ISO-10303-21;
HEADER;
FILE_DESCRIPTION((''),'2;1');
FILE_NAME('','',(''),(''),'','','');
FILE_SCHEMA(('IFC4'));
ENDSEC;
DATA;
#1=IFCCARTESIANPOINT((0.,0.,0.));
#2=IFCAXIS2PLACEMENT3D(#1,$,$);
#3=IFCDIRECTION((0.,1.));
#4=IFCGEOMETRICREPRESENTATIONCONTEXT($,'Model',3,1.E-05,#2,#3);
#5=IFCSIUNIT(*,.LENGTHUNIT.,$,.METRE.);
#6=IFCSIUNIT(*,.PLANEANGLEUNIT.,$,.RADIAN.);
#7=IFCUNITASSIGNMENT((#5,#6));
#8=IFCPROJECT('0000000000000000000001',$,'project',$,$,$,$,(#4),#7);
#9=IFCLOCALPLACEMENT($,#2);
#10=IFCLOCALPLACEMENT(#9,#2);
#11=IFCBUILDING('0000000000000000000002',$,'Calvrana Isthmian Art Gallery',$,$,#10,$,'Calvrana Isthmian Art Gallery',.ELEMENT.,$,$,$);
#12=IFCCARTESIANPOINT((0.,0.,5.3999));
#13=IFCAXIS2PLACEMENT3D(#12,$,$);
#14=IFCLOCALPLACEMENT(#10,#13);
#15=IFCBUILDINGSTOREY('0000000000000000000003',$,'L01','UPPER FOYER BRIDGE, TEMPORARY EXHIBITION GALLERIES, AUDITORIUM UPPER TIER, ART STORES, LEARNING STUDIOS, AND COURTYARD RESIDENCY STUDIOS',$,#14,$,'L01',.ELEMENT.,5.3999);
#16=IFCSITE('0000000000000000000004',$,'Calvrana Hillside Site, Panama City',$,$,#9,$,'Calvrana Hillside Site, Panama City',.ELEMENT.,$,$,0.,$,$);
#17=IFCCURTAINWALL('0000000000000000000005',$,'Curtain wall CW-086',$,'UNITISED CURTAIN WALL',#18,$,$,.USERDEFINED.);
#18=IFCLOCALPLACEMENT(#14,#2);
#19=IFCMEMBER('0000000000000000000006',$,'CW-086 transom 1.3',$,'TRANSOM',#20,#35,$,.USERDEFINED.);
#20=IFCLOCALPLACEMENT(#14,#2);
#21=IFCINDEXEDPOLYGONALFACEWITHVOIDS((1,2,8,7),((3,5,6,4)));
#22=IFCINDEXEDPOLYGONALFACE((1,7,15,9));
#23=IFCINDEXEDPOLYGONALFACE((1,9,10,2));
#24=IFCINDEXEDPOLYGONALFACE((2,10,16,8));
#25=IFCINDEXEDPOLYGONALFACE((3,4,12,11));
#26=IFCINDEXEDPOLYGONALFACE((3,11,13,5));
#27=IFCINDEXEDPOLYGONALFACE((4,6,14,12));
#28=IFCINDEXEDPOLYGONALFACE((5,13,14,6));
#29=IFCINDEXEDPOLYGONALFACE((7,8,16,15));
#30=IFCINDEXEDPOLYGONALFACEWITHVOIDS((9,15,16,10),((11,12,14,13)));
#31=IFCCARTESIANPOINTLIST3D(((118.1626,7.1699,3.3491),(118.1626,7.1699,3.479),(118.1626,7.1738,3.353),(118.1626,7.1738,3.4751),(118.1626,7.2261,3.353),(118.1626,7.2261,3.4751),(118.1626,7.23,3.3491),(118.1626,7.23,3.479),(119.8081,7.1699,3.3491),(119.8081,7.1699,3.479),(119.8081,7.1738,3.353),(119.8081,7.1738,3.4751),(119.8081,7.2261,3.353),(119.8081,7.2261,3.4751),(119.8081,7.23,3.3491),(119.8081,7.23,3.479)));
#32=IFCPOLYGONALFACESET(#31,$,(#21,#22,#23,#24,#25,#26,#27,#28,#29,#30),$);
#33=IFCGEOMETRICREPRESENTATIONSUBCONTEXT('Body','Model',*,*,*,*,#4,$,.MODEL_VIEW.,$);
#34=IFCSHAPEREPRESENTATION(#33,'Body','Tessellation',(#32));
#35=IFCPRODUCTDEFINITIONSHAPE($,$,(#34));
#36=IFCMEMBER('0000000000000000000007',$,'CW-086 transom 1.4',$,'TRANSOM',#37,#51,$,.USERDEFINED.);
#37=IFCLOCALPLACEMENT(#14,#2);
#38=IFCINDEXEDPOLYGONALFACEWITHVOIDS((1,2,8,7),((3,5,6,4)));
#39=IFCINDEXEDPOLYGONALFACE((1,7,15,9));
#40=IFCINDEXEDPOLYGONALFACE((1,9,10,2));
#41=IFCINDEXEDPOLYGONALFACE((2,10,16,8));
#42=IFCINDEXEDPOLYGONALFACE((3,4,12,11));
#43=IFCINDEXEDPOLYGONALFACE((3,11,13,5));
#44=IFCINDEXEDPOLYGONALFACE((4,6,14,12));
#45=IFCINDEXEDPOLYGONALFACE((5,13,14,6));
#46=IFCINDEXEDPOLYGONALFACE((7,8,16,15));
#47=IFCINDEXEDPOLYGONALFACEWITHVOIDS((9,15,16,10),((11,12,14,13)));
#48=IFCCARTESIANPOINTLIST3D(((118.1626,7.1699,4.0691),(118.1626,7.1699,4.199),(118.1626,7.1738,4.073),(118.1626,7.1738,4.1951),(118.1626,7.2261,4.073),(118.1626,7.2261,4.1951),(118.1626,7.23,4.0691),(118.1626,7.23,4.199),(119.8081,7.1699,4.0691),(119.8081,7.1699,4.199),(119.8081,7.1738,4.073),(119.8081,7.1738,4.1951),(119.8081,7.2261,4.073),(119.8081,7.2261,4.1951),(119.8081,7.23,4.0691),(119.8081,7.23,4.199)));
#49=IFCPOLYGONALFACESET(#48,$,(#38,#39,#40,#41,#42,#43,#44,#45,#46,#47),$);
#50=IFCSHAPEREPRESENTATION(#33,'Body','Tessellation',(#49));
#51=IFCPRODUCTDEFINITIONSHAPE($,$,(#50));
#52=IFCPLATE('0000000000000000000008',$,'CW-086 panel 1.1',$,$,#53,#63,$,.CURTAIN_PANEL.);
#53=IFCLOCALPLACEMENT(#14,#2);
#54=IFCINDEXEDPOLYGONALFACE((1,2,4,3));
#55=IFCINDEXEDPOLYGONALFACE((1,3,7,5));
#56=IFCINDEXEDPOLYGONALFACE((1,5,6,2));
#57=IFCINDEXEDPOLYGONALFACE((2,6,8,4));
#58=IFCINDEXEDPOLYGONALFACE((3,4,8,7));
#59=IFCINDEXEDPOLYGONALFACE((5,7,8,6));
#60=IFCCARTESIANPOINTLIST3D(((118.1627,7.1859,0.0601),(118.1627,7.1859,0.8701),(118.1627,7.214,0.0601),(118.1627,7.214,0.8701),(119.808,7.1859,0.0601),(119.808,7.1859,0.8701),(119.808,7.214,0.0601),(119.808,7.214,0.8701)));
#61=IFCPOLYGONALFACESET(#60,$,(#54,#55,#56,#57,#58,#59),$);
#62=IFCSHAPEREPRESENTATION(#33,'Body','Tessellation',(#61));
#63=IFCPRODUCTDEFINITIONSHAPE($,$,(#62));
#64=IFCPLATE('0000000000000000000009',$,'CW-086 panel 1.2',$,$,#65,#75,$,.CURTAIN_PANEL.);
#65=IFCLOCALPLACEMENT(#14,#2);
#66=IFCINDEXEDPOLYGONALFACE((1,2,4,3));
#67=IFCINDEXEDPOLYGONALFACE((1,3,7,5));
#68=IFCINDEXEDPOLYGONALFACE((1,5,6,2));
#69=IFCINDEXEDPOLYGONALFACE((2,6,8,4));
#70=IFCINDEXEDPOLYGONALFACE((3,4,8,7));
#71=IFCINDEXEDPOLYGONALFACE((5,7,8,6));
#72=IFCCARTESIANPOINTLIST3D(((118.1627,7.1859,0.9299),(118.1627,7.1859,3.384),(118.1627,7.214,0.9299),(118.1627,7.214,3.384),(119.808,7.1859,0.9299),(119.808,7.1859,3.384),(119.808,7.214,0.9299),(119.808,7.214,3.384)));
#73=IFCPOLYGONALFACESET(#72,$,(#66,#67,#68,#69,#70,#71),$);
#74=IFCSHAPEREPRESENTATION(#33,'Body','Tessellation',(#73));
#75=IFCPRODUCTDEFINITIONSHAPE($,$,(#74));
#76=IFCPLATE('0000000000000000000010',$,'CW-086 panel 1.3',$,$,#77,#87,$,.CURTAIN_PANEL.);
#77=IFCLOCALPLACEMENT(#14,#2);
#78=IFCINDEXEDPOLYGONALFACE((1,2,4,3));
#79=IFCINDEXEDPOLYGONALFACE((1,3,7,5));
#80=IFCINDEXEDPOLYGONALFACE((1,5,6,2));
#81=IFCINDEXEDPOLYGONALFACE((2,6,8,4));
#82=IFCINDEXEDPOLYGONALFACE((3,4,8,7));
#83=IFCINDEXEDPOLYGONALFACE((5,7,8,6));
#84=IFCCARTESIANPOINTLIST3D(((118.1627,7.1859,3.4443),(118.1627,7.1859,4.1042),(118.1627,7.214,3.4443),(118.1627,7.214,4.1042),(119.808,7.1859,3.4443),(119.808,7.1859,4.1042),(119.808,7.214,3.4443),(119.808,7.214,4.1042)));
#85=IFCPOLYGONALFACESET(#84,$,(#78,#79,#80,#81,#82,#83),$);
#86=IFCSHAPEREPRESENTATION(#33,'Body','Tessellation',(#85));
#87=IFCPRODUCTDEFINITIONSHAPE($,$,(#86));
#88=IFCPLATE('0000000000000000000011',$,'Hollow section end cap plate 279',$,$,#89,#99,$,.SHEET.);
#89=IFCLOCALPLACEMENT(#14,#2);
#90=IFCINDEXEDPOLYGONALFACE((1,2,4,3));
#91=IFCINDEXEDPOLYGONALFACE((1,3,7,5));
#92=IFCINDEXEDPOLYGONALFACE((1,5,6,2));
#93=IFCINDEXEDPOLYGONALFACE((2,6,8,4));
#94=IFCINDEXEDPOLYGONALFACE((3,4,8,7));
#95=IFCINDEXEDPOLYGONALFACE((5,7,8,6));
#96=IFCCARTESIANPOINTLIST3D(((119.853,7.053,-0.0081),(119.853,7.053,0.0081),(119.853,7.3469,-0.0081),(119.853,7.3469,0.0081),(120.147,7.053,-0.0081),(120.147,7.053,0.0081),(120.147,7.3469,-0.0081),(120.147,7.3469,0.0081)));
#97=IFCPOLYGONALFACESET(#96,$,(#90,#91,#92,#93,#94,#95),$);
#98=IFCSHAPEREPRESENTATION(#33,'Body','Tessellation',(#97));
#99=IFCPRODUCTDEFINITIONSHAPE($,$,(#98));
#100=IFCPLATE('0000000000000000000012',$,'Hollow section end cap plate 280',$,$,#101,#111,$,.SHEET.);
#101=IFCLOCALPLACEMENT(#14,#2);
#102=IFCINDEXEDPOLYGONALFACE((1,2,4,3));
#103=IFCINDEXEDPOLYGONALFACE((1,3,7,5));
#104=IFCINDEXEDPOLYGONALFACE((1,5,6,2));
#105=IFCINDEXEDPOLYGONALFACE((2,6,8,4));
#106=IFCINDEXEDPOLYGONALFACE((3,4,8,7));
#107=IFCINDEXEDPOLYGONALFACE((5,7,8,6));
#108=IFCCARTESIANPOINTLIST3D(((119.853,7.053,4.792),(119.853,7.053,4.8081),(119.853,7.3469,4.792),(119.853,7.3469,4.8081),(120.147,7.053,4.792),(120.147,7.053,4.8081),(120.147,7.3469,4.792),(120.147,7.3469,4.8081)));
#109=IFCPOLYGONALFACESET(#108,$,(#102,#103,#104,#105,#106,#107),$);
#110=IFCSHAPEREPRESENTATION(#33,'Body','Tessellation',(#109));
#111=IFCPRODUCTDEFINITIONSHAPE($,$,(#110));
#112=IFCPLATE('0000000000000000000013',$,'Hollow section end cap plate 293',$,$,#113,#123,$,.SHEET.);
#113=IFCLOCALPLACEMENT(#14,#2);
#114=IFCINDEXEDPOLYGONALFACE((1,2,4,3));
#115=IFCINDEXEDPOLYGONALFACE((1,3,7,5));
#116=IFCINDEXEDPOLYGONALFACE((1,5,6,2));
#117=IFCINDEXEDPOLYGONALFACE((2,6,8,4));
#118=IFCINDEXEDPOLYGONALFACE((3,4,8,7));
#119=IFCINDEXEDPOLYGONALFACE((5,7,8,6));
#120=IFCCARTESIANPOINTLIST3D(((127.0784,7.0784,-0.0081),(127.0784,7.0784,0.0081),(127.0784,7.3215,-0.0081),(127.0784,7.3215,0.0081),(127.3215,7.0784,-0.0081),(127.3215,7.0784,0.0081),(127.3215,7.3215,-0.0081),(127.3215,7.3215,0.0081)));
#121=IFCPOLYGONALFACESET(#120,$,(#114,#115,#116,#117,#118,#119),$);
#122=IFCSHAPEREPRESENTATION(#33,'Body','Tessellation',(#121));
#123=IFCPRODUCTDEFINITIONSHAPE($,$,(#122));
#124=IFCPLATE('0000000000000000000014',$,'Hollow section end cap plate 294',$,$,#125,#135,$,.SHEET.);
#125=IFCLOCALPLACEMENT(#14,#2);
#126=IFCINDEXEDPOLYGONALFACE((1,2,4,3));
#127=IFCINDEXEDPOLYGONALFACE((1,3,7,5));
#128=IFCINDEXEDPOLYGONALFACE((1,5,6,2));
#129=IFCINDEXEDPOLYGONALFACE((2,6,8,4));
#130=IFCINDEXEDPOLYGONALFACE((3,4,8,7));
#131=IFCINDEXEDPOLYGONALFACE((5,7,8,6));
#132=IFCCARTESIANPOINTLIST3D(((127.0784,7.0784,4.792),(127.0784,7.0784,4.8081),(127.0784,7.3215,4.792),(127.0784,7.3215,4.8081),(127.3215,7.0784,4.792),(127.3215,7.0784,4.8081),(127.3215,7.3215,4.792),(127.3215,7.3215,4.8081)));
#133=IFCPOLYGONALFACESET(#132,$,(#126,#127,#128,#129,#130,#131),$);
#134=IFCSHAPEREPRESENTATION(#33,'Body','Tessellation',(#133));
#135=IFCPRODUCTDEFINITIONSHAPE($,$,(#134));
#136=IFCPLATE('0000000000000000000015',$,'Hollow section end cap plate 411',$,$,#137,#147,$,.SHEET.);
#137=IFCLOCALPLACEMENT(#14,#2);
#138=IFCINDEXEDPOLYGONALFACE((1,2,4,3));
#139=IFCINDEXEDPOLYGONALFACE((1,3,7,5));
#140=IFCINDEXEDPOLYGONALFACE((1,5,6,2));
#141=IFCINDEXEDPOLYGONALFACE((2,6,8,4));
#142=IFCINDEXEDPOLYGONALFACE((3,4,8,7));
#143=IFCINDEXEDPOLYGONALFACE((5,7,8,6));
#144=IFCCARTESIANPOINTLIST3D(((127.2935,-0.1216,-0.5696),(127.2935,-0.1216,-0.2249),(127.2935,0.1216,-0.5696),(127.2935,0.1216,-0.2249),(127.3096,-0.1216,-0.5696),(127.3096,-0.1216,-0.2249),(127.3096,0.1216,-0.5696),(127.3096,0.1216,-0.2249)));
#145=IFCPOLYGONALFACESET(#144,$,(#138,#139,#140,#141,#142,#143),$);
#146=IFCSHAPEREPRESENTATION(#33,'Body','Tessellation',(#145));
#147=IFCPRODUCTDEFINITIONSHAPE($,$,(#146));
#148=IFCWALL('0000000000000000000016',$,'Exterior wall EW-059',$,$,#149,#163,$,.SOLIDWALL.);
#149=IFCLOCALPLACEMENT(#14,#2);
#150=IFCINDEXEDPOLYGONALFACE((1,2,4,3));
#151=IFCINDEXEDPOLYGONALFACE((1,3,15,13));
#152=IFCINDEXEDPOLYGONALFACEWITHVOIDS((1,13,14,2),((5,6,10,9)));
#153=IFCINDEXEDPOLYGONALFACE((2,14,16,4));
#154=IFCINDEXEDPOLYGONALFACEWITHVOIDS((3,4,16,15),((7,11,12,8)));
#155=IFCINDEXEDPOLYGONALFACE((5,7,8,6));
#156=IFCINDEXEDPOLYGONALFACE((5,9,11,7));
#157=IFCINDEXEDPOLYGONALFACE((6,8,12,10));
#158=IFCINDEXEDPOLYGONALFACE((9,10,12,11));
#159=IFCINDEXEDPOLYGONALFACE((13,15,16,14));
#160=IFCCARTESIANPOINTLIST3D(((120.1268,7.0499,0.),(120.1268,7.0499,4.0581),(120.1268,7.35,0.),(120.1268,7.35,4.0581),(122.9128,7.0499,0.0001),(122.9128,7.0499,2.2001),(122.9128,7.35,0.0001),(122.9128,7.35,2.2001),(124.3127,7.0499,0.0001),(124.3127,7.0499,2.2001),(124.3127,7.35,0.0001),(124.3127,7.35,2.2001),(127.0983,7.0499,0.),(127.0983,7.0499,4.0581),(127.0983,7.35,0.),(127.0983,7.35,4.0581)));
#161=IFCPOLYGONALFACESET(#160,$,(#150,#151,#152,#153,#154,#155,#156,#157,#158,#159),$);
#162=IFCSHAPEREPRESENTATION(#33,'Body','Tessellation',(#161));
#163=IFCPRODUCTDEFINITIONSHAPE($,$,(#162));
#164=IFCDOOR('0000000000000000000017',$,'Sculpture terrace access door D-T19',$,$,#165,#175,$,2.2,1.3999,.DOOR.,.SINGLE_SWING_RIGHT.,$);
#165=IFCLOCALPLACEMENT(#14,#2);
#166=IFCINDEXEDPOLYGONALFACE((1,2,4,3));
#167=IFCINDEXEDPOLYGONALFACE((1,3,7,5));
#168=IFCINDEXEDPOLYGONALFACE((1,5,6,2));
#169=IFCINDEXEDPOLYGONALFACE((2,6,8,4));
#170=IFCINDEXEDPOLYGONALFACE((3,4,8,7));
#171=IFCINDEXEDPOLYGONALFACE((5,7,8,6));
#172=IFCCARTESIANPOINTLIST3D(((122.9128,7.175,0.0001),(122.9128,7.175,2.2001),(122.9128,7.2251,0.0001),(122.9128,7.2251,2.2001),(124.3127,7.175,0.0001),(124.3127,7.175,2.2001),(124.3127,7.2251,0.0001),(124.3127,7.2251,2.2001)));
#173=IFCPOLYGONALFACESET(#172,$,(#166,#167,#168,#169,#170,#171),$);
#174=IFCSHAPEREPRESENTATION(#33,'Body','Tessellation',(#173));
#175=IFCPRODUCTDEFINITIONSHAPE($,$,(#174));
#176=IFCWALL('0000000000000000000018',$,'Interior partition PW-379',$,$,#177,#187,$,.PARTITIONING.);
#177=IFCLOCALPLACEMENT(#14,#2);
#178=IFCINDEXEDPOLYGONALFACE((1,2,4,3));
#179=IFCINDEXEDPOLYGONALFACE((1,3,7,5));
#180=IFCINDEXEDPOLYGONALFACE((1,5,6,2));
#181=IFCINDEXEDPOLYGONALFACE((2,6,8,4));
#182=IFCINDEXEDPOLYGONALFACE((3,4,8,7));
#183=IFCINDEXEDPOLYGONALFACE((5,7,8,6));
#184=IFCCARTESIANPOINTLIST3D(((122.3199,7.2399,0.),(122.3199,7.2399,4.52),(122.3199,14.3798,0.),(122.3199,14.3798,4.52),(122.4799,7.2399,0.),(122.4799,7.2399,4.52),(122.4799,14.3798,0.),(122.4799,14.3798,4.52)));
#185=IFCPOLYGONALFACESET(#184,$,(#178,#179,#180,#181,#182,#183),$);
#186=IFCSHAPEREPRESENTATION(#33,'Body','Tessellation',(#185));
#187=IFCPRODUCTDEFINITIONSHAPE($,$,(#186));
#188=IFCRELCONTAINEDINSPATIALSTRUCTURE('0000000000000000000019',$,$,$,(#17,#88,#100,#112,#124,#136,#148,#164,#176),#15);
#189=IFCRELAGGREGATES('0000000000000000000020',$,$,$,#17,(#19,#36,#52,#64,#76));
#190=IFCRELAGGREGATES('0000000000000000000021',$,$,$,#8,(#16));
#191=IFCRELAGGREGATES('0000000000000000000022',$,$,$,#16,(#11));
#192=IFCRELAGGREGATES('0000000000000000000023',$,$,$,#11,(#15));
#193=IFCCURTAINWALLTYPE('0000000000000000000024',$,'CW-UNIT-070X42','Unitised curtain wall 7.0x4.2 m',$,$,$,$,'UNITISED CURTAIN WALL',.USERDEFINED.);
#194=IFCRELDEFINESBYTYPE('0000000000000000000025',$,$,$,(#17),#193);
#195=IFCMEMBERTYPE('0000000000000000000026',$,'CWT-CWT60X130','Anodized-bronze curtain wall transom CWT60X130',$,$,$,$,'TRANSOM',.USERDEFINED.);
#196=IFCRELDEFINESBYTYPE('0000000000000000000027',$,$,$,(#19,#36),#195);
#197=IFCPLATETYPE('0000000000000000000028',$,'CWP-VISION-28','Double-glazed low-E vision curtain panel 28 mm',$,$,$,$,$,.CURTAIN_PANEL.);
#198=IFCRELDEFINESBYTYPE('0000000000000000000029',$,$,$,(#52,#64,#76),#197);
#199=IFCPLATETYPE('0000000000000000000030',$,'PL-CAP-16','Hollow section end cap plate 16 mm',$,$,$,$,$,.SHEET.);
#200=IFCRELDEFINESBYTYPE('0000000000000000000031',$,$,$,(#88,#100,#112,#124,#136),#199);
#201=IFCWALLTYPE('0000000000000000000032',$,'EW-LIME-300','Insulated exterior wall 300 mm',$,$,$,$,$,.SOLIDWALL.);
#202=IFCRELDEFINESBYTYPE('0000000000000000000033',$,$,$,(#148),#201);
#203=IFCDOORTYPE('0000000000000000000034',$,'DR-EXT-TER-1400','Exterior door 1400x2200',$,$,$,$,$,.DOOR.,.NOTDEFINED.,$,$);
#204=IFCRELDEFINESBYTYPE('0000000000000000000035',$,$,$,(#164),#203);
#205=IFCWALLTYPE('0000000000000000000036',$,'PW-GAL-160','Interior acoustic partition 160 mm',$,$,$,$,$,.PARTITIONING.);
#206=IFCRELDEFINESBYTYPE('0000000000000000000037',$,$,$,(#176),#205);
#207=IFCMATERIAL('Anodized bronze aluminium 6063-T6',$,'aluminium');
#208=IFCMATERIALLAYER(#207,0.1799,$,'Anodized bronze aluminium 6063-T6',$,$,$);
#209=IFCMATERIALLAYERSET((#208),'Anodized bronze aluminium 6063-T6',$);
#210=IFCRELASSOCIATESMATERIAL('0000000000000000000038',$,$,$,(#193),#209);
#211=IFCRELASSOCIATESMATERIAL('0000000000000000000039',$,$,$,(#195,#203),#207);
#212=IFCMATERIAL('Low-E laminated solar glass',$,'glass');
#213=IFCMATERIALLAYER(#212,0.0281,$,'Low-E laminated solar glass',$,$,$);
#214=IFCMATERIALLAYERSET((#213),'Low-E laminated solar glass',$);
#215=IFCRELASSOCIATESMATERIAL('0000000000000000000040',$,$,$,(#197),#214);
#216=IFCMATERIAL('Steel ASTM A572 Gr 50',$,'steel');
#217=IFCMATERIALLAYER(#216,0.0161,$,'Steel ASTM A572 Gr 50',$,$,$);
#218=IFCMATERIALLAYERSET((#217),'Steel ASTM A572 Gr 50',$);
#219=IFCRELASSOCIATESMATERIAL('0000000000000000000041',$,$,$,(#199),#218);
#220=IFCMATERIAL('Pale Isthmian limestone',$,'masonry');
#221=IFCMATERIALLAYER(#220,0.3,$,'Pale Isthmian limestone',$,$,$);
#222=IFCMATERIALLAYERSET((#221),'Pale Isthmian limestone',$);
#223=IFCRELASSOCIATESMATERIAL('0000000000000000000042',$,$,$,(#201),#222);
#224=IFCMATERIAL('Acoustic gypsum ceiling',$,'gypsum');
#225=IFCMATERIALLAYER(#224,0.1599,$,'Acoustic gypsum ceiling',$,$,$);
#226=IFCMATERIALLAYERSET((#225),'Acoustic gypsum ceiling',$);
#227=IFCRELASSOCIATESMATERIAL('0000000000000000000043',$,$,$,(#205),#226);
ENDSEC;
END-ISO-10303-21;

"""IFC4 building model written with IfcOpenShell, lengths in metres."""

from ifc_helpers import new_model, si_unit, direction, frame, frame_2d, origin, origin_2d, place, context, subcontext, project, spatial, rectangle, hollow_rectangle, extrude, material, layer, layer_set, material_profile, profile_set, type_object, element, fill, aggregate, save


model = new_model("IFC4")

# Units and contexts
model_context = context("Model", 3, precision=1e-05, world=origin(), true_north=direction((0.0, 1.0)))
body_context = subcontext(model_context, "Body", "Model", "MODEL_VIEW")
ifc_project = project(units=[si_unit("LENGTHUNIT", "METRE"), si_unit("PLANEANGLEUNIT", "RADIAN")], contexts=[model_context])

# Site, building, storey
site_placement = place(None, origin())
site = spatial("IfcSite", under=ifc_project, at=site_placement, Name="Calvrana Hillside Site, Panama City", LongName="Calvrana Hillside Site, Panama City", CompositionType="ELEMENT", RefElevation=0.0)
building_placement = place(site_placement, origin())
building = spatial("IfcBuilding", under=site, at=building_placement, Name="Calvrana Isthmian Art Gallery", LongName="Calvrana Isthmian Art Gallery", CompositionType="ELEMENT")
storey_placement = place(building_placement, frame((0.0, 0.0, 5.3999)))
storey = spatial("IfcBuildingStorey", under=building, at=storey_placement, Name="L01", Description="UPPER FOYER BRIDGE, TEMPORARY EXHIBITION GALLERIES, AUDITORIUM UPPER TIER, ART STORES, LEARNING STUDIOS, AND COURTYARD RESIDENCY STUDIOS", LongName="L01", CompositionType="ELEMENT", Elevation=5.3999)

# Curtain wall, members, plates
ifc_material_1 = material(Name="Anodized bronze aluminium 6063-T6", Category="aluminium")
ifc_layer_1 = layer(ifc_material_1, 0.1799, Name="Anodized bronze aluminium 6063-T6")
ifc_layer_set_1 = layer_set([ifc_layer_1], Name="Anodized bronze aluminium 6063-T6")
curtain_wall_type = type_object("IfcCurtainWallType", Name="CW-UNIT-070X42", Description="Unitised curtain wall 7.0x4.2 m", ElementType="UNITISED CURTAIN WALL", PredefinedType="USERDEFINED", material=ifc_layer_set_1)
curtain_wall_placement = place(storey_placement, origin())
curtain_wall = element("IfcCurtainWall", 1, at=curtain_wall_placement, inside=storey, type_object=curtain_wall_type, Name="Curtain wall CW-086", ObjectType="UNITISED CURTAIN WALL", PredefinedType="USERDEFINED")
ifc_material_profile_1 = material_profile(ifc_material_1, hollow_rectangle(XDim=0.0601, YDim=0.1299, WallThickness=0.0039, at=origin_2d()), Name="CWT60X130")
ifc_profile_set_1 = profile_set([ifc_material_profile_1], Name="Anodized bronze aluminium 6063-T6")
member_type_1 = type_object("IfcMemberType", Name="CWT-CWT60X130", Description="Anodized-bronze curtain wall transom CWT60X130", ElementType="TRANSOM", PredefinedType="USERDEFINED", material=ifc_profile_set_1)
member_1_placement = place(storey_placement, frame((119.8081, 7.2, 3.4141), z_axis=(-1.0, 0.0, 0.0), x_axis=(0.0, -1.0, 0.0)))
member_1 = element("IfcMember", 2, at=member_1_placement, type_object=member_type_1, Name="CW-086 transom 1.3", ObjectType="TRANSOM", PredefinedType="USERDEFINED", context=body_context, shape_type="SweptSolid", body=[
    extrude(hollow_rectangle(XDim=0.0601, YDim=0.1299, WallThickness=0.0039, at=origin_2d()), origin(), (0.0, 0.0, 1.0), 1.6455),
])
member_2_placement = place(storey_placement, frame((119.8081, 7.2, 4.134), z_axis=(-1.0, 0.0, 0.0), x_axis=(0.0, -1.0, 0.0)))
member_2 = element("IfcMember", 3, at=member_2_placement, type_object=member_type_1, Name="CW-086 transom 1.4", ObjectType="TRANSOM", PredefinedType="USERDEFINED", context=body_context, shape_type="SweptSolid", body=[
    extrude(hollow_rectangle(XDim=0.0601, YDim=0.1299, WallThickness=0.0039, at=origin_2d()), origin(), (0.0, 0.0, 1.0), 1.6455),
])
ifc_material_2 = material(Name="Low-E laminated solar glass", Category="glass")
ifc_layer_2 = layer(ifc_material_2, 0.0281, Name="Low-E laminated solar glass")
ifc_layer_set_2 = layer_set([ifc_layer_2], Name="Low-E laminated solar glass")
plate_type_1 = type_object("IfcPlateType", Name="CWP-VISION-28", Description="Double-glazed low-E vision curtain panel 28 mm", PredefinedType="CURTAIN_PANEL", material=ifc_layer_set_2)
plate_1_placement = place(storey_placement, frame((118.9854, 7.2, 0.0601), z_axis=(0.0, 0.0, 1.0), x_axis=(-1.0, 0.0, 0.0)))
plate_1 = element("IfcPlate", 4, at=plate_1_placement, type_object=plate_type_1, Name="CW-086 panel 1.1", PredefinedType="CURTAIN_PANEL", context=body_context, shape_type="SweptSolid", body=[
    extrude(rectangle(XDim=1.6453, YDim=0.0281, at=origin_2d()), origin(), (0.0, 0.0, 1.0), 0.8101),
])
plate_2_placement = place(storey_placement, frame((118.9854, 7.2, 0.9299), z_axis=(0.0, 0.0, 1.0), x_axis=(-1.0, 0.0, 0.0)))
plate_2 = element("IfcPlate", 5, at=plate_2_placement, type_object=plate_type_1, Name="CW-086 panel 1.2", PredefinedType="CURTAIN_PANEL", context=body_context, shape_type="SweptSolid", body=[
    extrude(rectangle(XDim=1.6453, YDim=0.0281, at=origin_2d()), origin(), (0.0, 0.0, 1.0), 2.4541),
])
plate_3_placement = place(storey_placement, frame((118.9854, 7.2, 3.4443), z_axis=(0.0, 0.0, 1.0), x_axis=(-1.0, 0.0, 0.0)))
plate_3 = element("IfcPlate", 6, at=plate_3_placement, type_object=plate_type_1, Name="CW-086 panel 1.3", PredefinedType="CURTAIN_PANEL", context=body_context, shape_type="SweptSolid", body=[
    extrude(rectangle(XDim=1.6453, YDim=0.0281, at=origin_2d()), origin(), (0.0, 0.0, 1.0), 0.6599),
])
aggregate(curtain_wall, [member_1, member_2, plate_1, plate_2, plate_3])

# Plates
ifc_material_3 = material(Name="Steel ASTM A572 Gr 50", Category="steel")
ifc_layer_3 = layer(ifc_material_3, 0.0161, Name="Steel ASTM A572 Gr 50")
ifc_layer_set_3 = layer_set([ifc_layer_3], Name="Steel ASTM A572 Gr 50")
plate_type_2 = type_object("IfcPlateType", Name="PL-CAP-16", Description="Hollow section end cap plate 16 mm", PredefinedType="SHEET", material=ifc_layer_set_3)
for number, where, z_axis, x_axis, name in (
    (7, (120.0, 7.2, -0.0081), (0.0, 0.0, 1.0), (1.0, 0.0, 0.0), "Hollow section end cap plate 279"),
    (8, (120.0, 7.2, 4.792), (0.0, 0.0, 1.0), (1.0, 0.0, 0.0), "Hollow section end cap plate 280"),
):
    element("IfcPlate", number, at=place(storey_placement, frame(where, z_axis=z_axis, x_axis=x_axis)), inside=storey, type_object=plate_type_2, Name=name, PredefinedType="SHEET", context=body_context, shape_type="SweptSolid", body=[
        extrude(rectangle(XDim=0.2939, YDim=0.2939, at=origin_2d()), origin(), (0.0, 0.0, 1.0), 0.0161),
    ])
for number, where, z_axis, x_axis, name in (
    (9, (127.2, 7.2, -0.0081), (0.0, 0.0, 1.0), (1.0, 0.0, 0.0), "Hollow section end cap plate 293"),
    (10, (127.2, 7.2, 4.792), (0.0, 0.0, 1.0), (1.0, 0.0, 0.0), "Hollow section end cap plate 294"),
):
    element("IfcPlate", number, at=place(storey_placement, frame(where, z_axis=z_axis, x_axis=x_axis)), inside=storey, type_object=plate_type_2, Name=name, PredefinedType="SHEET", context=body_context, shape_type="SweptSolid", body=[
        extrude(rectangle(XDim=0.2432, YDim=0.2432, at=origin_2d()), origin(), (0.0, 0.0, 1.0), 0.0161),
    ])
plate_4_placement = place(storey_placement, frame((127.3015, 0.0, -0.5696), z_axis=(0.0, 0.0, 1.0), x_axis=(1.0, 0.0, 0.0)))
element("IfcPlate", 11, at=plate_4_placement, inside=storey, type_object=plate_type_2, Name="Hollow section end cap plate 411", PredefinedType="SHEET", context=body_context, shape_type="SweptSolid", body=[
    extrude(rectangle(XDim=0.0161, YDim=0.2432, at=origin_2d()), origin(), (0.0, 0.0, 1.0), 0.3447),
])

# Wall, opening, door
ifc_material_4 = material(Name="Pale Isthmian limestone", Category="masonry")
ifc_layer_4 = layer(ifc_material_4, 0.3, Name="Pale Isthmian limestone")
ifc_layer_set_4 = layer_set([ifc_layer_4], Name="Pale Isthmian limestone")
wall_type_1 = type_object("IfcWallType", Name="EW-LIME-300", Description="Insulated exterior wall 300 mm", PredefinedType="SOLIDWALL", material=ifc_layer_set_4)
wall_1_placement = place(storey_placement, frame((127.0984, 7.2, 0.0), z_axis=(0.0, 0.0, 1.0), x_axis=(-1.0, 0.0, 0.0)))
wall_1 = element("IfcWall", 12, at=wall_1_placement, inside=storey, type_object=wall_type_1, Name="Exterior wall EW-059", PredefinedType="SOLIDWALL", context=body_context, shape_type="SweptSolid", body=[
    extrude(rectangle(XDim=6.9714, YDim=0.3, at=frame_2d((3.4858, 0.0))), origin(), (0.0, 0.0, 1.0), 4.0581),
])
opening_placement = place(wall_1_placement, frame((2.7856, 0.0, 0.0)))
opening = element("IfcOpeningElement", 13, at=opening_placement, cuts=wall_1, PredefinedType="OPENING", context=body_context, shape_type="SweptSolid", body=[
    extrude(rectangle(XDim=1.3999, YDim=2.2, at=frame_2d((0.7, 1.1001))), frame((0.0, 0.1602, 0.0), z_axis=(0.0, -1.0, 0.0), x_axis=(1.0, 0.0, 0.0)), (0.0, 0.0, 1.0), 0.3206),
])
door_type = type_object("IfcDoorType", Name="DR-EXT-TER-1400", Description="Exterior door 1400x2200", OperationType="NOTDEFINED", PredefinedType="DOOR", material=ifc_material_1)
door_placement = place(opening_placement, origin())
door = element("IfcDoor", 14, at=door_placement, inside=storey, type_object=door_type, Name="Sculpture terrace access door D-T19", OperationType="SINGLE_SWING_RIGHT", OverallHeight=2.2, OverallWidth=1.3999, PredefinedType="DOOR", context=body_context, shape_type="SweptSolid", body=[
    extrude(rectangle(XDim=1.3999, YDim=2.2, at=frame_2d((0.7, 1.1001))), frame((0.0, 0.0249, 0.0), z_axis=(0.0, -1.0, 0.0), x_axis=(1.0, 0.0, 0.0)), (0.0, 0.0, 1.0), 0.05),
])
fill(opening, door)

# Wall
ifc_material_5 = material(Name="Acoustic gypsum ceiling", Category="gypsum")
ifc_layer_5 = layer(ifc_material_5, 0.1599, Name="Acoustic gypsum ceiling")
ifc_layer_set_5 = layer_set([ifc_layer_5], Name="Acoustic gypsum ceiling")
wall_type_2 = type_object("IfcWallType", Name="PW-GAL-160", Description="Interior acoustic partition 160 mm", PredefinedType="PARTITIONING", material=ifc_layer_set_5)
wall_2_placement = place(storey_placement, frame((122.3999, 7.24, 0.0), z_axis=(0.0, 0.0, 1.0), x_axis=(0.0, 1.0, 0.0)))
element("IfcWall", 15, at=wall_2_placement, inside=storey, type_object=wall_type_2, Name="Interior partition PW-379", PredefinedType="PARTITIONING", context=body_context, shape_type="SweptSolid", body=[
    extrude(rectangle(XDim=7.1399, YDim=0.1599, at=frame_2d((3.5698, 0.0))), origin(), (0.0, 0.0, 1.0), 4.52),
])

save(model, "model.ifc")
